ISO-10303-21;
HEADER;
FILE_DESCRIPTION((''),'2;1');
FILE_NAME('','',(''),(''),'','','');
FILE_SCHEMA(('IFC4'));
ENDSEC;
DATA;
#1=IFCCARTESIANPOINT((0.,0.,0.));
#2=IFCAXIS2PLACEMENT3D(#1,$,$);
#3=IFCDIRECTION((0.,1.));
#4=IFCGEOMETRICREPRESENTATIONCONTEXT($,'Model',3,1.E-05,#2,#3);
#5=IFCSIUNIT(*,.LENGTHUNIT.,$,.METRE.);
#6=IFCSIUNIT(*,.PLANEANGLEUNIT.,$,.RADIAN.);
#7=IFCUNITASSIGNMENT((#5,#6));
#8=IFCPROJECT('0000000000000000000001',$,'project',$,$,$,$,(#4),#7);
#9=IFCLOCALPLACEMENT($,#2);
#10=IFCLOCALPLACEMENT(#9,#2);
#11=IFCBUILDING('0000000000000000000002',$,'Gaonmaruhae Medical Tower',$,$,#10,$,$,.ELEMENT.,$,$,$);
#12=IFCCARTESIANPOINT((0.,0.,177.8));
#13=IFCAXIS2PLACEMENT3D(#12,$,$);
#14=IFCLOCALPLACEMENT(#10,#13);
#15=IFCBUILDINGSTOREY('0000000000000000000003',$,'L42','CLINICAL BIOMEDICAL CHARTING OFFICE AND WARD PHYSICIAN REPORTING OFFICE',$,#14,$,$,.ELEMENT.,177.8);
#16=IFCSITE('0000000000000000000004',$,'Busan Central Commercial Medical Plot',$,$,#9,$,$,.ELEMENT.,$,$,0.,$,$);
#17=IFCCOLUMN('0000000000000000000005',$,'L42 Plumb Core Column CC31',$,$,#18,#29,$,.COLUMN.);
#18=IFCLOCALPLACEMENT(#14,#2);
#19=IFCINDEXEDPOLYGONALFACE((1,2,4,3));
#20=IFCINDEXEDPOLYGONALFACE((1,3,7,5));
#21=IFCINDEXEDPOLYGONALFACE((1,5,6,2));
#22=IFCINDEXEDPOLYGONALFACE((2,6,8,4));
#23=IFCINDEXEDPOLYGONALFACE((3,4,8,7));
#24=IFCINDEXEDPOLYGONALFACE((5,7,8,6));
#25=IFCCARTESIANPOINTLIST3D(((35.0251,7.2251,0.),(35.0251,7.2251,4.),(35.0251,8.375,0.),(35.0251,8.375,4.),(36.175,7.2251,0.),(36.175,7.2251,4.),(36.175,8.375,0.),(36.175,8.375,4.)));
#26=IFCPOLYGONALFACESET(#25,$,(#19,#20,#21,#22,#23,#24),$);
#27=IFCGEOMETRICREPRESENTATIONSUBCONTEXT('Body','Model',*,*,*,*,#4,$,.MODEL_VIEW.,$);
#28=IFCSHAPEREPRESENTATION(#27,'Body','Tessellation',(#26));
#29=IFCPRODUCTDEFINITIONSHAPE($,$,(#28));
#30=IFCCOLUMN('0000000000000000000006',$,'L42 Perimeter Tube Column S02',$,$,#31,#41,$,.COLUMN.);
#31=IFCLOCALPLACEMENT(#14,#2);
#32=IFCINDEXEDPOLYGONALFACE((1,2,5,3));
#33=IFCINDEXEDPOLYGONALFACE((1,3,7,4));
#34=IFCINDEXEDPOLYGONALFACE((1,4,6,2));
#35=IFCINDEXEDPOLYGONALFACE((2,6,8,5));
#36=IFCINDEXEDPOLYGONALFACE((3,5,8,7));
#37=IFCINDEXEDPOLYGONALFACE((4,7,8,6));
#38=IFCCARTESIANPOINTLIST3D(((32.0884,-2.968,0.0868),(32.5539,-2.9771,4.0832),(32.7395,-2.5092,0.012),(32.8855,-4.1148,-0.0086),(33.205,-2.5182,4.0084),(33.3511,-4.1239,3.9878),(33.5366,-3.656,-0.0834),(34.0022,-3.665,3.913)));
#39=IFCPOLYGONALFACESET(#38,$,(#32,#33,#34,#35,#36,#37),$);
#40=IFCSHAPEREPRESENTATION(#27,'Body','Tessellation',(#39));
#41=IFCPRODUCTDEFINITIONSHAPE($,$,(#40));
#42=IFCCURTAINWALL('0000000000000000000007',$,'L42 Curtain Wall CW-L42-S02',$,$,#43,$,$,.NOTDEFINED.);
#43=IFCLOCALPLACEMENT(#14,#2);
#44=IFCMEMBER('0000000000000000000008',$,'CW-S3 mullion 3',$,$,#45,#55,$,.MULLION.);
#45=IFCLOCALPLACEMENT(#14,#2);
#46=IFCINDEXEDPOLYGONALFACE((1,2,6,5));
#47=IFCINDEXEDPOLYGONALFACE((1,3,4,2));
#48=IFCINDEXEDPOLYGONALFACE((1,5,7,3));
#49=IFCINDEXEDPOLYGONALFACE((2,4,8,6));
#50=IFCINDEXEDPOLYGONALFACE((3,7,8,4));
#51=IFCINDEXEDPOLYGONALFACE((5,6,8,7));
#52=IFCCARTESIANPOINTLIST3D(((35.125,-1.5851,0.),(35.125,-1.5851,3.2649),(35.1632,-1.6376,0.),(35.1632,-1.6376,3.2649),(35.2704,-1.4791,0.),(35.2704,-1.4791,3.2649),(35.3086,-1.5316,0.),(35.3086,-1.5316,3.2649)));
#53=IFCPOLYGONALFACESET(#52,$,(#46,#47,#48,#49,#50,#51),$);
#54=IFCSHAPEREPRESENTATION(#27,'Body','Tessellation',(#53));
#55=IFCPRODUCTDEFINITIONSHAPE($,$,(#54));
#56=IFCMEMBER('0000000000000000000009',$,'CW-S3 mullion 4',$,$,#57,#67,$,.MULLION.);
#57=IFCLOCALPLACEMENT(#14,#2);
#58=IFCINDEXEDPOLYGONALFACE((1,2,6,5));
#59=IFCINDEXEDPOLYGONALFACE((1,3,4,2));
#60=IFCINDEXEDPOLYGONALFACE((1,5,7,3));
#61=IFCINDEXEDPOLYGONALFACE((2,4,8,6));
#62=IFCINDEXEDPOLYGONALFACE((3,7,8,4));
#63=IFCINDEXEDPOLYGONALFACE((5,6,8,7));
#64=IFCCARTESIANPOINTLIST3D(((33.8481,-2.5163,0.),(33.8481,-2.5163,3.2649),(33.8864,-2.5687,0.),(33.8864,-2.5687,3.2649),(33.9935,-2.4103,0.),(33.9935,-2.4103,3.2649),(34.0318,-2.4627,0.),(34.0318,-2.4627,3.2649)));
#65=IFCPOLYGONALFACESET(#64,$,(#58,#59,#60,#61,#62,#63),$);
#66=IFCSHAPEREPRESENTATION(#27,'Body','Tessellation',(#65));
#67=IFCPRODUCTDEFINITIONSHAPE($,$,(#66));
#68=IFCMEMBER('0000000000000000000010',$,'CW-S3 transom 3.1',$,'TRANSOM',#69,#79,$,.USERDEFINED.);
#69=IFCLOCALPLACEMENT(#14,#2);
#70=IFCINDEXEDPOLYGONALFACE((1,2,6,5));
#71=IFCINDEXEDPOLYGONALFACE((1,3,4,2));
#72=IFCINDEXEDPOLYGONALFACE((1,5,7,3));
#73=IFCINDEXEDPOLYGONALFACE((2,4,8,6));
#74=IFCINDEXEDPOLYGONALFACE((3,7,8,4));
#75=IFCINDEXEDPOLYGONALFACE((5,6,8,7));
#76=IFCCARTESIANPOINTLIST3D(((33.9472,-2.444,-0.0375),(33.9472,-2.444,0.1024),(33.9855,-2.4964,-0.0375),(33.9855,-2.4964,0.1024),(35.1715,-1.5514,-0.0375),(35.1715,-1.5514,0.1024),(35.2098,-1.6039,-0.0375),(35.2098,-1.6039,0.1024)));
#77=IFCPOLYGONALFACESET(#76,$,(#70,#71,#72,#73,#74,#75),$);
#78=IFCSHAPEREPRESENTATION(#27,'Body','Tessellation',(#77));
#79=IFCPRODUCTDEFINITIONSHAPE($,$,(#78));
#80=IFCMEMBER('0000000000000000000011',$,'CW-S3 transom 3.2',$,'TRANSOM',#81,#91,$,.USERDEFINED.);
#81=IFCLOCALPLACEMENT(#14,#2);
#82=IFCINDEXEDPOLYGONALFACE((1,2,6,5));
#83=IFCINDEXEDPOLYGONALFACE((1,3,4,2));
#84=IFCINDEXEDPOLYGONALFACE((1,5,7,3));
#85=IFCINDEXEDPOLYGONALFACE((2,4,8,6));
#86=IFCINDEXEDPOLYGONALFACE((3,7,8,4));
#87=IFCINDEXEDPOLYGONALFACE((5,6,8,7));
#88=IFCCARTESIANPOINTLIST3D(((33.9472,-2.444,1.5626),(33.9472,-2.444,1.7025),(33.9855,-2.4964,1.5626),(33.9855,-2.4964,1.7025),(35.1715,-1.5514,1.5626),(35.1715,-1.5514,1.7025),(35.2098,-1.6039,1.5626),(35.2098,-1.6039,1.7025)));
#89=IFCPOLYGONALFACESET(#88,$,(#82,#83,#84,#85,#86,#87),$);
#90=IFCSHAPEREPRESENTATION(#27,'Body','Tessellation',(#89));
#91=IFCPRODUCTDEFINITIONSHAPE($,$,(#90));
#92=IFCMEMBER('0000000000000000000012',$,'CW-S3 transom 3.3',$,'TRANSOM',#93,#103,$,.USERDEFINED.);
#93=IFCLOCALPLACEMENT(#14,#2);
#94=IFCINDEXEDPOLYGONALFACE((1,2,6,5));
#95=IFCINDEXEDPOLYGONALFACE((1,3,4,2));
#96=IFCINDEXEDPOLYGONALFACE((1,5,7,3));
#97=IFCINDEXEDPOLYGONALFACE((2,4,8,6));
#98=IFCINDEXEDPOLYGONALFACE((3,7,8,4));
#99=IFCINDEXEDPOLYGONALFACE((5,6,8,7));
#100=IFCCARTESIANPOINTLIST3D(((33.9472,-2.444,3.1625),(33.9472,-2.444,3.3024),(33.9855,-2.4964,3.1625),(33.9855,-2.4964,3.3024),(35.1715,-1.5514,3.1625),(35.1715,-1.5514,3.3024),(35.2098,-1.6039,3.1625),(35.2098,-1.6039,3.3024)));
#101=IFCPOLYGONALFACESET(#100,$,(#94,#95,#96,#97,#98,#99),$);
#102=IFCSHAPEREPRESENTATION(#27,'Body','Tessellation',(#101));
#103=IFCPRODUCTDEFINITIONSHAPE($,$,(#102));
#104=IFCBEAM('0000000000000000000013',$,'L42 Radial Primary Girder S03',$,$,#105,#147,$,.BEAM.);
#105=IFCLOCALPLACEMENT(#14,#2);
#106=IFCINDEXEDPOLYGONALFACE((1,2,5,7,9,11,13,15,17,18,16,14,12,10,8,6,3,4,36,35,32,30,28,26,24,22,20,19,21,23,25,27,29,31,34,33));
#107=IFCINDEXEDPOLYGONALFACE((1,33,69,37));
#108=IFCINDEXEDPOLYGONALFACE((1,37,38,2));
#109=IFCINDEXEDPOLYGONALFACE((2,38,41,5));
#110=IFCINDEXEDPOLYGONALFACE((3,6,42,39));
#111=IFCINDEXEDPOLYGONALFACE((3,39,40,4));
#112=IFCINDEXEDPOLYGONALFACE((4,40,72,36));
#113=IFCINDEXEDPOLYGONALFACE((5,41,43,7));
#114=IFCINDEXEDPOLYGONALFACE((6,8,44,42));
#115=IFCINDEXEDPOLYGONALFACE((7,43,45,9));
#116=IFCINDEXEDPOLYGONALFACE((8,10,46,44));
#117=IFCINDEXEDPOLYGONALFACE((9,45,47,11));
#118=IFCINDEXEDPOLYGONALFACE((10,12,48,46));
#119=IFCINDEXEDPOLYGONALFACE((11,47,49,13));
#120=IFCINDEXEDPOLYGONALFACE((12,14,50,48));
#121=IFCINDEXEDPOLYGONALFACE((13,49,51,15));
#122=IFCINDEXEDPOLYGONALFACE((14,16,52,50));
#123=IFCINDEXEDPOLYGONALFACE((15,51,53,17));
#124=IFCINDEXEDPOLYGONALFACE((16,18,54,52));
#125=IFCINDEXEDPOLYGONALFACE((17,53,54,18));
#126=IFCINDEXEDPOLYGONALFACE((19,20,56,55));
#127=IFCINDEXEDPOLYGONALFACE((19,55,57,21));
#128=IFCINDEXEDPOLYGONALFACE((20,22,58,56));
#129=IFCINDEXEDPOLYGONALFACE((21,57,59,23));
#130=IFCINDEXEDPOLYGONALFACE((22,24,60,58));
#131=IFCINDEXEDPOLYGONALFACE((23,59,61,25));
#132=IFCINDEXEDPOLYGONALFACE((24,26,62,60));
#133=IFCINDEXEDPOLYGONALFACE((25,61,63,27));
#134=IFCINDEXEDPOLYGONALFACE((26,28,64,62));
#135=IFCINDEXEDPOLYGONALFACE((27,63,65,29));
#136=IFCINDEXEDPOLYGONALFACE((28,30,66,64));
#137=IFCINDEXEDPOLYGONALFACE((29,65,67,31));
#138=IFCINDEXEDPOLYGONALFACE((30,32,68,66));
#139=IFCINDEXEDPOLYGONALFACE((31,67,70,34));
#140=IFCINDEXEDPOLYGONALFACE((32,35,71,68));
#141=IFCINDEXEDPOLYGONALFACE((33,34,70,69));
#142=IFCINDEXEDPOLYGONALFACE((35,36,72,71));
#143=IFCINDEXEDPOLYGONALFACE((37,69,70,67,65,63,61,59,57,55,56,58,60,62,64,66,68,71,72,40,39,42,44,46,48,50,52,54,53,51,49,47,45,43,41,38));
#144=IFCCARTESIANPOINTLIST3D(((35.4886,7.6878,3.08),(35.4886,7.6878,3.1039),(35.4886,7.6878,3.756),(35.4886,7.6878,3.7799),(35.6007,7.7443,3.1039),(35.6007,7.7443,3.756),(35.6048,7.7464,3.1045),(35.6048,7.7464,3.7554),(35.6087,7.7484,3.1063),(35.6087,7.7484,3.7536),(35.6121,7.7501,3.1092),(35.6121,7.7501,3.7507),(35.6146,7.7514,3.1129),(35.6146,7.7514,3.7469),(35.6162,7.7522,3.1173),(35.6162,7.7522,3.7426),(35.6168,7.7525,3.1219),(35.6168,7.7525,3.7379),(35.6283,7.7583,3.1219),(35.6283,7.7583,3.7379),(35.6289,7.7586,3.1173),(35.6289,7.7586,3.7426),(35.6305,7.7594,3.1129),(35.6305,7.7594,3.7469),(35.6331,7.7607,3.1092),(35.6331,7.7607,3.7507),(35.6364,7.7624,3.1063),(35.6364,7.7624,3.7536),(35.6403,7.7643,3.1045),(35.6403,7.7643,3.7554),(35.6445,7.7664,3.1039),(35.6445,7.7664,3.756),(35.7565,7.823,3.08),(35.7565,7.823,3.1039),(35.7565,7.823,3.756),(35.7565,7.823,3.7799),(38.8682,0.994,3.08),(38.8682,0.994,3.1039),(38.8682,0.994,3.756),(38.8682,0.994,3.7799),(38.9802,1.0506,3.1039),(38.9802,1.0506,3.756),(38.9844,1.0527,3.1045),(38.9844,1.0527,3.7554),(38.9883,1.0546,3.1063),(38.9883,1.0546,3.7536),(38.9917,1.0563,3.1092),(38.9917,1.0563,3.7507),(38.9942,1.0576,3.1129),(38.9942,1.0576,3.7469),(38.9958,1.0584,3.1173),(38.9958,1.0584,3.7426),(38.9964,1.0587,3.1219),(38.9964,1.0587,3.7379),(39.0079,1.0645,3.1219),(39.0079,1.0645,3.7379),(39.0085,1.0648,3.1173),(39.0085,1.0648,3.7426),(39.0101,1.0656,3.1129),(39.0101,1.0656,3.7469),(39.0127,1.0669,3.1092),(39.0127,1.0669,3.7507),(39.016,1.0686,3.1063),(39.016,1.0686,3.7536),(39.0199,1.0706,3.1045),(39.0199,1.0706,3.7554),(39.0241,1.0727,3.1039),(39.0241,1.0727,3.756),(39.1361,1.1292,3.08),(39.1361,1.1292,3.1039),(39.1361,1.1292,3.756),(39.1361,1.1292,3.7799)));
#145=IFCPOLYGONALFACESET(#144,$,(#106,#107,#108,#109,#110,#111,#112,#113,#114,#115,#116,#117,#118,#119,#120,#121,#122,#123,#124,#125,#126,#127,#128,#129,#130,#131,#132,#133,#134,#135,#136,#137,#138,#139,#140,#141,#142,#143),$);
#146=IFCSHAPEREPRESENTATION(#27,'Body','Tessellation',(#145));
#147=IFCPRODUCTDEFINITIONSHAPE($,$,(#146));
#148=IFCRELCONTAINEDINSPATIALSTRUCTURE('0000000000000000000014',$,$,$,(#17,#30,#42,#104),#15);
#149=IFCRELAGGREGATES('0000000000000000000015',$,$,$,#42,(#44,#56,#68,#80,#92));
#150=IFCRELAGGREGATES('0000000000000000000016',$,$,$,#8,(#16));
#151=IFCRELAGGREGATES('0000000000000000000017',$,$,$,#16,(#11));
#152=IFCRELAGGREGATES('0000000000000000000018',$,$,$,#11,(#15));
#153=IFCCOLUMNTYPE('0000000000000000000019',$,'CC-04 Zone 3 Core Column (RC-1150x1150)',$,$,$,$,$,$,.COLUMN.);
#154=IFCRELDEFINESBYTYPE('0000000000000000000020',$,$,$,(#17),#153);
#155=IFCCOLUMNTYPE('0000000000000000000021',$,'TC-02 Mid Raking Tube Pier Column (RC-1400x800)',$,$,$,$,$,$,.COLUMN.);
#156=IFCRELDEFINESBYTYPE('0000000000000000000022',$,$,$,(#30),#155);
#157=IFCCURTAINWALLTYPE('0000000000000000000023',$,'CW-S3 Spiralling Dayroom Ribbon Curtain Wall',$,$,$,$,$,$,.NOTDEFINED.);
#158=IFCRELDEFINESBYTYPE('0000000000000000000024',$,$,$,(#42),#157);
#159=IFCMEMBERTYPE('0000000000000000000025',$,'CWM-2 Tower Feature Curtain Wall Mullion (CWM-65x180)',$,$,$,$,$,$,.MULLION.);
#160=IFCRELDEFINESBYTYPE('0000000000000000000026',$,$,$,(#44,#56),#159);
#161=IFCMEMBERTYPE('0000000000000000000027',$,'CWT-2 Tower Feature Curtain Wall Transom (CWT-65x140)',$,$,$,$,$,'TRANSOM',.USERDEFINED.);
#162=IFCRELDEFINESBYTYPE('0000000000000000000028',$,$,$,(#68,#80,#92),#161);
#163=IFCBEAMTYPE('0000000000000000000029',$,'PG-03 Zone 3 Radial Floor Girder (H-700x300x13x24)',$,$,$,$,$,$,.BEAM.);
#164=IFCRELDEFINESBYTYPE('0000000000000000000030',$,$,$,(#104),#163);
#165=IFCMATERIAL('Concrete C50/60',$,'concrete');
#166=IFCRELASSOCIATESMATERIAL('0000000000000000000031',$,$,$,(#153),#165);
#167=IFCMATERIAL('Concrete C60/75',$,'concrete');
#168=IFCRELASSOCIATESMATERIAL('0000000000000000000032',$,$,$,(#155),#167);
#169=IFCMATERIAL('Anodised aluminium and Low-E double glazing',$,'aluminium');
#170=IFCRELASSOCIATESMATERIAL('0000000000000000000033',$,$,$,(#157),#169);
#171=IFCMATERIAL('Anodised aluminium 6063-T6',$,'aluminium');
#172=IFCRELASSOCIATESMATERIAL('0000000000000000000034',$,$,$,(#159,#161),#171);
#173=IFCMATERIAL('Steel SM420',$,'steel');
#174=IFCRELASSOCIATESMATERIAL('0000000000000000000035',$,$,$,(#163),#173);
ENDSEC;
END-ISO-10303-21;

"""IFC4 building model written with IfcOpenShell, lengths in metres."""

from ifc_helpers import new_model, si_unit, direction, frame, origin, origin_2d, place, context, subcontext, project, spatial, rectangle, i_section, extrude, material, material_profile, profile_set, type_object, element, aggregate, save


model = new_model("IFC4")

# Units and contexts
model_context = context("Model", 3, precision=1e-05, world=origin(), true_north=direction((0.0, 1.0)))
body_context = subcontext(model_context, "Body", "Model", "MODEL_VIEW")
ifc_project = project(units=[si_unit("LENGTHUNIT", "METRE"), si_unit("PLANEANGLEUNIT", "RADIAN")], contexts=[model_context])

# Site, building, storey
site_placement = place(None, origin())
site = spatial("IfcSite", under=ifc_project, at=site_placement, Name="Busan Central Commercial Medical Plot", CompositionType="ELEMENT", RefElevation=0.0)
building_placement = place(site_placement, origin())
building = spatial("IfcBuilding", under=site, at=building_placement, Name="Gaonmaruhae Medical Tower", CompositionType="ELEMENT")
storey_placement = place(building_placement, frame((0.0, 0.0, 177.8)))
storey = spatial("IfcBuildingStorey", under=building, at=storey_placement, Name="L42", Description="CLINICAL BIOMEDICAL CHARTING OFFICE AND WARD PHYSICIAN REPORTING OFFICE", CompositionType="ELEMENT", Elevation=177.8)

# Columns
ifc_material_1 = material(Name="Concrete C50/60", Category="concrete")
ifc_material_profile_1 = material_profile(ifc_material_1, rectangle(XDim=1.1499, YDim=1.1499, at=origin_2d()), Name="RC-1150x1150")
ifc_profile_set_1 = profile_set([ifc_material_profile_1], Name="Concrete C50/60")
column_type_1 = type_object("IfcColumnType", Name="CC-04 Zone 3 Core Column (RC-1150x1150)", PredefinedType="COLUMN", material=ifc_profile_set_1)
column_1_placement = place(storey_placement, frame((35.6001, 7.8, 0.0), z_axis=(0.0, 0.0, 1.0), x_axis=(1.0, 0.0, 0.0)))
element("IfcColumn", 1, at=column_1_placement, inside=storey, type_object=column_type_1, Name="L42 Plumb Core Column CC31", PredefinedType="COLUMN", context=body_context, shape_type="SweptSolid", body=[
    extrude(rectangle(XDim=1.1499, YDim=1.1499, at=origin_2d()), origin(), (0.0, 0.0, 1.0), 4.0),
])
ifc_material_2 = material(Name="Concrete C60/75", Category="concrete")
ifc_material_profile_2 = material_profile(ifc_material_2, rectangle(XDim=1.3999, YDim=0.8, at=origin_2d()), Name="RC-1400x800")
ifc_profile_set_2 = profile_set([ifc_material_profile_2], Name="Concrete C60/75")
column_type_2 = type_object("IfcColumnType", Name="TC-02 Mid Raking Tube Pier Column (RC-1400x800)", PredefinedType="COLUMN", material=ifc_profile_set_2)
column_2_placement = place(storey_placement, frame((32.8125, -3.312, 0.0017), z_axis=(0.115718, -0.002245, 0.99328), x_axis=(-0.569453, 0.819191, 0.068193)))
element("IfcColumn", 2, at=column_2_placement, inside=storey, type_object=column_type_2, Name="L42 Perimeter Tube Column S02", PredefinedType="COLUMN", context=body_context, shape_type="SweptSolid", body=[
    extrude(rectangle(XDim=1.3999, YDim=0.8, at=origin_2d()), origin(), (0.0, 0.0, 1.0), 4.0234),
])

# Curtain wall, members
ifc_material_3 = material(Name="Anodised aluminium and Low-E double glazing", Category="aluminium")
curtain_wall_type = type_object("IfcCurtainWallType", Name="CW-S3 Spiralling Dayroom Ribbon Curtain Wall", PredefinedType="NOTDEFINED", material=ifc_material_3)
curtain_wall_placement = place(storey_placement, origin())
curtain_wall = element("IfcCurtainWall", 3, at=curtain_wall_placement, inside=storey, type_object=curtain_wall_type, Name="L42 Curtain Wall CW-L42-S02", PredefinedType="NOTDEFINED")
ifc_material_4 = material(Name="Anodised aluminium 6063-T6", Category="aluminium")
ifc_material_profile_3 = material_profile(ifc_material_4, rectangle(XDim=0.0649, YDim=0.1799, at=origin_2d()), Name="CWM-65x180")
ifc_profile_set_3 = profile_set([ifc_material_profile_3], Name="Anodised aluminium 6063-T6")
member_type_1 = type_object("IfcMemberType", Name="CWM-2 Tower Feature Curtain Wall Mullion (CWM-65x180)", PredefinedType="MULLION", material=ifc_profile_set_3)
member_1_placement = place(storey_placement, frame((35.2168, -1.5583, 0.0), z_axis=(0.0, 0.0, 1.0), x_axis=(0.589195, -0.807991, 0.0)))
member_1 = element("IfcMember", 4, at=member_1_placement, type_object=member_type_1, Name="CW-S3 mullion 3", PredefinedType="MULLION", context=body_context, shape_type="SweptSolid", body=[
    extrude(rectangle(XDim=0.0649, YDim=0.1799, at=origin_2d()), origin(), (0.0, 0.0, 1.0), 3.2649),
])
member_2_placement = place(storey_placement, frame((33.9399, -2.4895, 0.0), z_axis=(0.0, 0.0, 1.0), x_axis=(0.589195, -0.807991, 0.0)))
member_2 = element("IfcMember", 5, at=member_2_placement, type_object=member_type_1, Name="CW-S3 mullion 4", PredefinedType="MULLION", context=body_context, shape_type="SweptSolid", body=[
    extrude(rectangle(XDim=0.0649, YDim=0.1799, at=origin_2d()), origin(), (0.0, 0.0, 1.0), 3.2649),
])
ifc_material_profile_4 = material_profile(ifc_material_4, rectangle(XDim=0.0649, YDim=0.1399, at=origin_2d()), Name="CWT-65x140")
ifc_profile_set_4 = profile_set([ifc_material_profile_4], Name="Anodised aluminium 6063-T6")
member_type_2 = type_object("IfcMemberType", Name="CWT-2 Tower Feature Curtain Wall Transom (CWT-65x140)", ElementType="TRANSOM", PredefinedType="USERDEFINED", material=ifc_profile_set_4)
member_3_placement = place(storey_placement, frame((35.1907, -1.5776, 0.0325), z_axis=(-0.808067, -0.589091, 0.0), x_axis=(0.589091, -0.808067, 0.0)))
member_3 = element("IfcMember", 6, at=member_3_placement, type_object=member_type_2, Name="CW-S3 transom 3.1", ObjectType="TRANSOM", PredefinedType="USERDEFINED", context=body_context, shape_type="SweptSolid", body=[
    extrude(rectangle(XDim=0.0649, YDim=0.1399, at=origin_2d()), origin(), (0.0, 0.0, 1.0), 1.5151),
])
member_4_placement = place(storey_placement, frame((35.1907, -1.5776, 1.6326), z_axis=(-0.808067, -0.589091, 0.0), x_axis=(0.589091, -0.808067, 0.0)))
member_4 = element("IfcMember", 7, at=member_4_placement, type_object=member_type_2, Name="CW-S3 transom 3.2", ObjectType="TRANSOM", PredefinedType="USERDEFINED", context=body_context, shape_type="SweptSolid", body=[
    extrude(rectangle(XDim=0.0649, YDim=0.1399, at=origin_2d()), origin(), (0.0, 0.0, 1.0), 1.5151),
])
member_5_placement = place(storey_placement, frame((35.1907, -1.5776, 3.2324), z_axis=(-0.808067, -0.589091, 0.0), x_axis=(0.589091, -0.808067, 0.0)))
member_5 = element("IfcMember", 8, at=member_5_placement, type_object=member_type_2, Name="CW-S3 transom 3.3", ObjectType="TRANSOM", PredefinedType="USERDEFINED", context=body_context, shape_type="SweptSolid", body=[
    extrude(rectangle(XDim=0.0649, YDim=0.1399, at=origin_2d()), origin(), (0.0, 0.0, 1.0), 1.5151),
])

# Beam
ifc_material_5 = material(Name="Steel SM420", Category="steel")
ifc_material_profile_5 = material_profile(ifc_material_5, i_section(OverallWidth=0.3, OverallDepth=0.7, WebThickness=0.0129, FlangeThickness=0.0239, FilletRadius=0.0181, at=origin_2d()), Name="H-700x300x13x24")
ifc_profile_set_5 = profile_set([ifc_material_profile_5], Name="Steel SM420")
beam_type_1 = type_object("IfcBeamType", Name="PG-03 Zone 3 Radial Floor Girder (H-700x300x13x24)", PredefinedType="BEAM", material=ifc_profile_set_5)
beam_1_placement = place(storey_placement, frame((35.6226, 7.7554, 3.4299), z_axis=(0.4507, -0.892675, 0.0), x_axis=(0.892675, 0.4507, 0.0)))
element("IfcBeam", 9, at=beam_1_placement, inside=storey, type_object=beam_type_1, Name="L42 Radial Primary Girder S03", PredefinedType="BEAM", context=body_context, shape_type="SweptSolid", body=[
    extrude(i_section(OverallWidth=0.3, OverallDepth=0.7, WebThickness=0.0129, FlangeThickness=0.0239, FilletRadius=0.0181, at=origin_2d()), origin(), (0.0, 0.0, 1.0), 7.4985),
])

aggregate(curtain_wall, [member_1, member_2, member_3, member_4, member_5])

save(model, "model.ifc")
